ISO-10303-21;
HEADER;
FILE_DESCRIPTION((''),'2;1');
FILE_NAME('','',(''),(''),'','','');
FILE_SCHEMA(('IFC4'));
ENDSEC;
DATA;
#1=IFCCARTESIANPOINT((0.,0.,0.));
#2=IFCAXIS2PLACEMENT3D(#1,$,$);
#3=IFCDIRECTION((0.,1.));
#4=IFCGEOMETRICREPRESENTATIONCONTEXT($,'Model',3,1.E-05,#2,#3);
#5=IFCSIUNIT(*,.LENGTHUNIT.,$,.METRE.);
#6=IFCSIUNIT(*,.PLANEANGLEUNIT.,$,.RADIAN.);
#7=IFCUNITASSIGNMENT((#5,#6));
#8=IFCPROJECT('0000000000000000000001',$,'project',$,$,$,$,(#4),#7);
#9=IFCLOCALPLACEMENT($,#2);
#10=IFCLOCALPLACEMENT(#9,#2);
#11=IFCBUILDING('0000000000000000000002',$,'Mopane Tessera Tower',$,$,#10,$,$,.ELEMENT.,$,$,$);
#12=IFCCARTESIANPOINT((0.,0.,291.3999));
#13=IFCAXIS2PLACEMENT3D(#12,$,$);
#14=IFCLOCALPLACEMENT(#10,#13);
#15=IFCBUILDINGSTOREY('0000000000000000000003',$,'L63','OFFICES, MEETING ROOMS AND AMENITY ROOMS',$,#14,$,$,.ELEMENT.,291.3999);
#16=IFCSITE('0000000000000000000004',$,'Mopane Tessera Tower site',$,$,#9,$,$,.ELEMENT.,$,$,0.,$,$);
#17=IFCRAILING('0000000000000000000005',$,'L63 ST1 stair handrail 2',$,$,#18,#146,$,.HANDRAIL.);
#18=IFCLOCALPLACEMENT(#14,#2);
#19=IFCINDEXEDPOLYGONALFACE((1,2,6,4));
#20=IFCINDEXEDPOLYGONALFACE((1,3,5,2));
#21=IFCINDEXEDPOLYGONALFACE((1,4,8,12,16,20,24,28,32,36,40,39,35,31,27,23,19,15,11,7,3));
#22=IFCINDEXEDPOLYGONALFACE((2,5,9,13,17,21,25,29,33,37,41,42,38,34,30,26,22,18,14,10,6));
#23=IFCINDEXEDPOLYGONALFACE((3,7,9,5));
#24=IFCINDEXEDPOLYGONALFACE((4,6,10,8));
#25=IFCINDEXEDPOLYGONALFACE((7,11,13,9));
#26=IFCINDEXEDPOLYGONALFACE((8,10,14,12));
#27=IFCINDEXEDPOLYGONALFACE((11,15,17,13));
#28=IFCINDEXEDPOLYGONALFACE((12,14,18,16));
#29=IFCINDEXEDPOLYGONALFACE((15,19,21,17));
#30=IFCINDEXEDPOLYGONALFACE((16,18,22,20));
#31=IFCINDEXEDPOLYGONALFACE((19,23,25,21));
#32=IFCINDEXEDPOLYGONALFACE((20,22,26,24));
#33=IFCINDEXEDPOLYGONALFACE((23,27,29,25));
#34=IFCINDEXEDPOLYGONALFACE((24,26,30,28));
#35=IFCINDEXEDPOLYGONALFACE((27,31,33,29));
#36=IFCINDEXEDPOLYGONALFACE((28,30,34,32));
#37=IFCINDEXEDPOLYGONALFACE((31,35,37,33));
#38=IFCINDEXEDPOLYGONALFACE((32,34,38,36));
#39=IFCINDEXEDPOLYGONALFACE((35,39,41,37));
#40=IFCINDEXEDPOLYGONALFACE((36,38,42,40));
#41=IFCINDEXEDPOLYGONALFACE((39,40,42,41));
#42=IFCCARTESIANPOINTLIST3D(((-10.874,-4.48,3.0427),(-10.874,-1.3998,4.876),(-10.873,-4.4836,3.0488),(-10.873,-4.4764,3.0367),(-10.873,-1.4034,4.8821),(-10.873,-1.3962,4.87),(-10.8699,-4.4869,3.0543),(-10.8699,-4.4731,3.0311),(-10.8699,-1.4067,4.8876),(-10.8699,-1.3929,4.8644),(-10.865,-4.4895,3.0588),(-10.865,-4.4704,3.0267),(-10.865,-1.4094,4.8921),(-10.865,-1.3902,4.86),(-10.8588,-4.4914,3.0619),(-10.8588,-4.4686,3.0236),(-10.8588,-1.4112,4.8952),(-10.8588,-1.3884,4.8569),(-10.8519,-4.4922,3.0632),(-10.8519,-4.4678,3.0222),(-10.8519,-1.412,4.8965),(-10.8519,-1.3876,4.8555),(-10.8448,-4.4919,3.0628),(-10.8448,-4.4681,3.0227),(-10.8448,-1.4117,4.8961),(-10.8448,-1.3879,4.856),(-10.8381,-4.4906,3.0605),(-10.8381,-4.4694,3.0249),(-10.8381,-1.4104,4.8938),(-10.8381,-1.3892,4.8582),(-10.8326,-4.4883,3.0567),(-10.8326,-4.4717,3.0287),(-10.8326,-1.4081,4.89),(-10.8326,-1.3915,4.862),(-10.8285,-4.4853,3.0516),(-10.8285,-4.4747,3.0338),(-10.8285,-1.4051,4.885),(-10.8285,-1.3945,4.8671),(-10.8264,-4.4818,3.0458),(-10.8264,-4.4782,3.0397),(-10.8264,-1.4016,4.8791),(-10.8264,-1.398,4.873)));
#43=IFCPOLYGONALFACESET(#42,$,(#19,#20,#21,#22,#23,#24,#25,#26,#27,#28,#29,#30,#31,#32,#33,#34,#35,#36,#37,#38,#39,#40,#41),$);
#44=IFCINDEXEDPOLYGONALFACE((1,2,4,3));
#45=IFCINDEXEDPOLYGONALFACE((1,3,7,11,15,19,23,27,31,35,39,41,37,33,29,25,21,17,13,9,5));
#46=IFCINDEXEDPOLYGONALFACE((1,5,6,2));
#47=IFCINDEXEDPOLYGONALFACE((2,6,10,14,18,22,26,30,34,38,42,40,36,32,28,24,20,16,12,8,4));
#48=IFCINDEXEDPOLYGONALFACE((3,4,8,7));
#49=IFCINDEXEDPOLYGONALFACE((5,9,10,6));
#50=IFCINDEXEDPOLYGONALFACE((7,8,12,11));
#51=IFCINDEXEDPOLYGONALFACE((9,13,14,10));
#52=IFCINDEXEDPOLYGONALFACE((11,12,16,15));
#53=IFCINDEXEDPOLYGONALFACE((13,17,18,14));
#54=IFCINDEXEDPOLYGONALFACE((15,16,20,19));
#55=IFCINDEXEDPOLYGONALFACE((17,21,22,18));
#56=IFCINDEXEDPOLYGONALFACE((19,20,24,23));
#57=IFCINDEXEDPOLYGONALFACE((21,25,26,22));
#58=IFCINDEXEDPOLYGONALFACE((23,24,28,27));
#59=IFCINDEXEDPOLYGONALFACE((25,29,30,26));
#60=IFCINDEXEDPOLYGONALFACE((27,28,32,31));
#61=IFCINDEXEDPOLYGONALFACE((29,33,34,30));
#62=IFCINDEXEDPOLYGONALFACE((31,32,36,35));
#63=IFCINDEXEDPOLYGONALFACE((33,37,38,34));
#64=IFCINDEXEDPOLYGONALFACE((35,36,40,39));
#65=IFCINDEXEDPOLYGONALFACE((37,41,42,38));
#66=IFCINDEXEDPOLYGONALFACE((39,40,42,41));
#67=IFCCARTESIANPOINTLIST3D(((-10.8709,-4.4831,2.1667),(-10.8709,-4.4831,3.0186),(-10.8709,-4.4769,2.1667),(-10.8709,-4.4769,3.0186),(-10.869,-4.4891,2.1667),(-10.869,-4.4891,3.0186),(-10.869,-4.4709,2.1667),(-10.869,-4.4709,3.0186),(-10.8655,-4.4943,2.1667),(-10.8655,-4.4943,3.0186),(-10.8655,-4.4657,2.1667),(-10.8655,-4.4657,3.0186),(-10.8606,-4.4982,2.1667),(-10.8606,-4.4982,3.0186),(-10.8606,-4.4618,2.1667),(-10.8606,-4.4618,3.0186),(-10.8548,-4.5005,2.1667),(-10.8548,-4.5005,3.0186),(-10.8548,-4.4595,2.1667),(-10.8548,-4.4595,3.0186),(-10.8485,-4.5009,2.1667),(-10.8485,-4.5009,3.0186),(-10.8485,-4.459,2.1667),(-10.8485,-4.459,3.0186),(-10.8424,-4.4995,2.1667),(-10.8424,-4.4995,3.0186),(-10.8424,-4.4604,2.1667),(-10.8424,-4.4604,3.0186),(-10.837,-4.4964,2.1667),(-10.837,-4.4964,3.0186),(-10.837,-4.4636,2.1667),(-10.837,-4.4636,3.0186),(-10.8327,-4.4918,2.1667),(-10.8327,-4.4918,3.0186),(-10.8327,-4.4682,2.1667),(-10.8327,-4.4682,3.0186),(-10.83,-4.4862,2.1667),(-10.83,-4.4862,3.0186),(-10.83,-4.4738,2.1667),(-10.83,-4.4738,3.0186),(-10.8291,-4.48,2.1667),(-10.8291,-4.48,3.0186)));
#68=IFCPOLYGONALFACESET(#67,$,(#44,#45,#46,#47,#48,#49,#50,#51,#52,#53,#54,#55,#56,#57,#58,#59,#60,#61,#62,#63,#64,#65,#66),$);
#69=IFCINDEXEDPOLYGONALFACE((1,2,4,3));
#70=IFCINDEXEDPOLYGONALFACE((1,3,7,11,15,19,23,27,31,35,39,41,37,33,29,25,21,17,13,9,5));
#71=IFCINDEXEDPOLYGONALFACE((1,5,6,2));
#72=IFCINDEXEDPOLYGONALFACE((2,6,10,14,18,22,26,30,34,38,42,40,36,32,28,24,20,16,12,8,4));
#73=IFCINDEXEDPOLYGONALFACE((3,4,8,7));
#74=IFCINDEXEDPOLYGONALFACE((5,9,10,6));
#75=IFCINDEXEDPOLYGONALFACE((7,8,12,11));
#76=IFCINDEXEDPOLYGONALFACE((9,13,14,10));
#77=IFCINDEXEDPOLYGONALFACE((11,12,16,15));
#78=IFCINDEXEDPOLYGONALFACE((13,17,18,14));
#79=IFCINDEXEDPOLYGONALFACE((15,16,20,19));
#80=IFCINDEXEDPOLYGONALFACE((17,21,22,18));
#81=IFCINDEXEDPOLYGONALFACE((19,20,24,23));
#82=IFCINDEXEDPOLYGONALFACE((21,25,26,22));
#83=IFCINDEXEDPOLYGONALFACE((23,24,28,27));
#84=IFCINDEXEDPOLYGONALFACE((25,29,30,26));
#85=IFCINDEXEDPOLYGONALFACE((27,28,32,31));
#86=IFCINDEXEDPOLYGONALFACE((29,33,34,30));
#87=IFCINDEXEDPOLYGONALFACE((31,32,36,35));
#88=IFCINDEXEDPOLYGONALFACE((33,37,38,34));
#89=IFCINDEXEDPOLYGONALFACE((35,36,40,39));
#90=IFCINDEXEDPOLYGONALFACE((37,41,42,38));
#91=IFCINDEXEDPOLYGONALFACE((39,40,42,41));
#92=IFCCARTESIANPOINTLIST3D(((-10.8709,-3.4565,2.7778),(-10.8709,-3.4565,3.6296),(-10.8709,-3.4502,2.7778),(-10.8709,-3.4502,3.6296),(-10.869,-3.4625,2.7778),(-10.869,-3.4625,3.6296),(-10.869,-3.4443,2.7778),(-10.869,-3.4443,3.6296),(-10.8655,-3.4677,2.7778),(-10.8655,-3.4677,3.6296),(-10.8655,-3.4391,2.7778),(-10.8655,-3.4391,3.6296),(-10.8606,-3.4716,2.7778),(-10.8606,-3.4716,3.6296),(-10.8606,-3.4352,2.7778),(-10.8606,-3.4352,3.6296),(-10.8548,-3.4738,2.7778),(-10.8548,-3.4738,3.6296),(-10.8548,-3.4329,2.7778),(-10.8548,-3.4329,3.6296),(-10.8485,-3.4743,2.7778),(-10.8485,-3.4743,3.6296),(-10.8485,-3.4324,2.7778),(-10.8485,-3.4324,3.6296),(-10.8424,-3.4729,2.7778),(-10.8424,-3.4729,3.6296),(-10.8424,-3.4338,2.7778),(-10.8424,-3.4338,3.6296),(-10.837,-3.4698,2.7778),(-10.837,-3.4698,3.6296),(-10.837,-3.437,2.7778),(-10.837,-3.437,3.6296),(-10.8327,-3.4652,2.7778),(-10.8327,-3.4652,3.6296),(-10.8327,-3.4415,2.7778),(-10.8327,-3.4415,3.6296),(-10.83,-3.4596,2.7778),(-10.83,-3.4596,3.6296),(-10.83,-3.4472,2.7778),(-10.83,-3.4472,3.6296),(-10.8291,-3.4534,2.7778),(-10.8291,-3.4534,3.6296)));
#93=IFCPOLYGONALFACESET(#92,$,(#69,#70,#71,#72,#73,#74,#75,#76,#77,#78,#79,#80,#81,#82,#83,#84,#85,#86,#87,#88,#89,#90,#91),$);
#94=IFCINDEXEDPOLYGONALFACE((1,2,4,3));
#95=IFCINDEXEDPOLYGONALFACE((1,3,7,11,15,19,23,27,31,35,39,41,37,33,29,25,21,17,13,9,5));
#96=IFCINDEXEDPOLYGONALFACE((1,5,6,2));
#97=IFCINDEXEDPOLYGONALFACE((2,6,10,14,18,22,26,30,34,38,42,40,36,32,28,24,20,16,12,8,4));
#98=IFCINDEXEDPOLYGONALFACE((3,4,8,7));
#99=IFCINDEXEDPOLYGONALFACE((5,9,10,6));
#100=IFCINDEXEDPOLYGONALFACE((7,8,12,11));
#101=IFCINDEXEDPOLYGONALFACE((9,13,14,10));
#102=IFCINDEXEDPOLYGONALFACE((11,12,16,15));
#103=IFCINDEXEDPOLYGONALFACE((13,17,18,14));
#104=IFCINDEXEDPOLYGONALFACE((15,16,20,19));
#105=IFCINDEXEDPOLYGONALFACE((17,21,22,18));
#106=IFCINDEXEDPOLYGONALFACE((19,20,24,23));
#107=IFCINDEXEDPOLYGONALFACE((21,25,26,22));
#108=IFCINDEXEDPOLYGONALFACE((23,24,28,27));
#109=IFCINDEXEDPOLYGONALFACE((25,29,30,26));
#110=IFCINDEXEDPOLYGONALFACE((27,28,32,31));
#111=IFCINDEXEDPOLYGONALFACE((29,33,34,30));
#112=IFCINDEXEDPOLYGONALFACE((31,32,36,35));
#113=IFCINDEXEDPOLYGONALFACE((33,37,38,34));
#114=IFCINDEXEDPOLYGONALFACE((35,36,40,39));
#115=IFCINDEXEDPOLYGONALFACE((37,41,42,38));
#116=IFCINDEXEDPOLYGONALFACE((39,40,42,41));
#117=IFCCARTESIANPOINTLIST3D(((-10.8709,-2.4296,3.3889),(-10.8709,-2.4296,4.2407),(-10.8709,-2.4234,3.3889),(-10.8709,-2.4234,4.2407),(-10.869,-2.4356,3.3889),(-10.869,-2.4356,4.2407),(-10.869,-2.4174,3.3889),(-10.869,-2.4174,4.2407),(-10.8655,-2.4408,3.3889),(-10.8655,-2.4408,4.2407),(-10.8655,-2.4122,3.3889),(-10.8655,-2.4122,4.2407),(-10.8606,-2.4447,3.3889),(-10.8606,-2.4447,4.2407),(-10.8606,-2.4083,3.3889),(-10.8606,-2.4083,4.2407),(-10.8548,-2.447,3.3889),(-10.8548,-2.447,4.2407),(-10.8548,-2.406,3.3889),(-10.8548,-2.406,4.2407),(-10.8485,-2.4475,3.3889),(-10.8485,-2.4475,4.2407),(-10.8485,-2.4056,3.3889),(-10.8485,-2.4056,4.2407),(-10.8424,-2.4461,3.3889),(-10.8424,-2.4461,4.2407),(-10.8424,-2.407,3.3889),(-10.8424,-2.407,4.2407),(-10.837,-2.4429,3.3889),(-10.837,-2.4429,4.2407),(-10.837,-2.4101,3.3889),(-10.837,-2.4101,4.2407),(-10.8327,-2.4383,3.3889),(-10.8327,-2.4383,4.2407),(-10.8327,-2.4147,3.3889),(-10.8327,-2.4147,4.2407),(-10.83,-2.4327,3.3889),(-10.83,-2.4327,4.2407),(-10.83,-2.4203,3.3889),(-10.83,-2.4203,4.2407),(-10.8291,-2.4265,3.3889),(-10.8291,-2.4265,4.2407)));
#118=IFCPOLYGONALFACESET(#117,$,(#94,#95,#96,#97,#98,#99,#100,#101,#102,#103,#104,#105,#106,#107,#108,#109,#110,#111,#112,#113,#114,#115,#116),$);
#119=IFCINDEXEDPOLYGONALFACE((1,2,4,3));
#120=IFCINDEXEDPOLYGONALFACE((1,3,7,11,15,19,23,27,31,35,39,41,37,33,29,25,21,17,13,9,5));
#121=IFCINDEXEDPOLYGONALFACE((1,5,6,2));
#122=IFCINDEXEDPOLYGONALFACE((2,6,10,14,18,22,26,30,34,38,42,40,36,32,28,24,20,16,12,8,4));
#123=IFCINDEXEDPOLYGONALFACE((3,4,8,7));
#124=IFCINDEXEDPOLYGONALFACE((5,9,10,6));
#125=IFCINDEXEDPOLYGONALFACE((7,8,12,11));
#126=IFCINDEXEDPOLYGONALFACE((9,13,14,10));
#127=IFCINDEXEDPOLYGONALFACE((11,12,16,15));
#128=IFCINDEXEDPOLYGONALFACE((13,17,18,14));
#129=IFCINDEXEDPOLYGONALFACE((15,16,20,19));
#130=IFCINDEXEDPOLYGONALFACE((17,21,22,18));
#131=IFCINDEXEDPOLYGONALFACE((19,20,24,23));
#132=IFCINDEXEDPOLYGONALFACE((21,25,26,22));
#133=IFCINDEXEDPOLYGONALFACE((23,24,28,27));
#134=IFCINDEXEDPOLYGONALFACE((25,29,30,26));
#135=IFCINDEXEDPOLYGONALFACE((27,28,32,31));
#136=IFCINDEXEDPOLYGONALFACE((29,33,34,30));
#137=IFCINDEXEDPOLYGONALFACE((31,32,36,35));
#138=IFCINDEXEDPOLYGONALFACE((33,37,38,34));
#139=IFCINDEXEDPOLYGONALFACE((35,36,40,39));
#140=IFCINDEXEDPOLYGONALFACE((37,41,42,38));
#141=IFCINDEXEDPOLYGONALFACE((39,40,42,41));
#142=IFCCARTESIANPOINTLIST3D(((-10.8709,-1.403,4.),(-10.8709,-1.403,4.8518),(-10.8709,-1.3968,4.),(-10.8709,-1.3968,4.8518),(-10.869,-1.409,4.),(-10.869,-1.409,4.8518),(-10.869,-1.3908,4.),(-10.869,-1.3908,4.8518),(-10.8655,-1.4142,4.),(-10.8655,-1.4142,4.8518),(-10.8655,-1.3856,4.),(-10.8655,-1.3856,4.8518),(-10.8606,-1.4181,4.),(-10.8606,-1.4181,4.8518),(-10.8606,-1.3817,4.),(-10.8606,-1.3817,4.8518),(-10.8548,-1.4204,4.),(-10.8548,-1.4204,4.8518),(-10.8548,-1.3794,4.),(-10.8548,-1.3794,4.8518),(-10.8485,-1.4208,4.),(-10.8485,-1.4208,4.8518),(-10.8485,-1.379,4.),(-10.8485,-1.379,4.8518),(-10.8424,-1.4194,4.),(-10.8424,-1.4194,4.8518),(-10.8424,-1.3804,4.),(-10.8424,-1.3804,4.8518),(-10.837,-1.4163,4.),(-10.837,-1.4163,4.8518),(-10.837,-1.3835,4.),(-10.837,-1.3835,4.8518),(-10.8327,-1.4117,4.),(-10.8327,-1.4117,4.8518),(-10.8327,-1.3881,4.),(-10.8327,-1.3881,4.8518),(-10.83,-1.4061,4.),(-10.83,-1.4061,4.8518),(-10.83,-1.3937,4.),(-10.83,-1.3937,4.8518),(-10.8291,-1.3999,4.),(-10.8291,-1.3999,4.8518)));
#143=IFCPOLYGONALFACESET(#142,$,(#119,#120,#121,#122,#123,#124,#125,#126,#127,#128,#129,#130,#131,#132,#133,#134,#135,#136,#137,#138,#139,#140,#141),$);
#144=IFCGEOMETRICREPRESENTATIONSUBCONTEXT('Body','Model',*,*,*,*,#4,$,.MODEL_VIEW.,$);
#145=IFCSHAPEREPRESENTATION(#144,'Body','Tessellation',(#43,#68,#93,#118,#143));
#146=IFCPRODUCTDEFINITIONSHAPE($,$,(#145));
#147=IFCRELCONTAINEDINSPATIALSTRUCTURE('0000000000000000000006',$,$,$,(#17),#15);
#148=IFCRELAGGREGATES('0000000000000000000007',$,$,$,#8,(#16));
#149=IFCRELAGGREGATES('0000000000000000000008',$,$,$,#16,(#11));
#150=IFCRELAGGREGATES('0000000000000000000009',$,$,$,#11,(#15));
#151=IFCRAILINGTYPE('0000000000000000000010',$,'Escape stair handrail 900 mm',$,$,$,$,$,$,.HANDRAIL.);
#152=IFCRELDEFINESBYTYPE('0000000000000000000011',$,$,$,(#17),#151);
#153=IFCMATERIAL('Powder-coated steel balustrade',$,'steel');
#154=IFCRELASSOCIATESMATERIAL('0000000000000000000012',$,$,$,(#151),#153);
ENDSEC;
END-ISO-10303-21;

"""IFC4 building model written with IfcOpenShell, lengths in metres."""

from ifc_helpers import new_model, si_unit, direction, frame, origin, origin_2d, place, context, subcontext, project, spatial, circle, extrude, material, type_object, element, save


model = new_model("IFC4")

# Units and contexts
model_context = context("Model", 3, precision=1e-05, world=origin(), true_north=direction((0.0, 1.0)))
body_context = subcontext(model_context, "Body", "Model", "MODEL_VIEW")
ifc_project = project(units=[si_unit("LENGTHUNIT", "METRE"), si_unit("PLANEANGLEUNIT", "RADIAN")], contexts=[model_context])

# Site, building, storey
site_placement = place(None, origin())
site = spatial("IfcSite", under=ifc_project, at=site_placement, Name="Mopane Tessera Tower site", CompositionType="ELEMENT", RefElevation=0.0)
building_placement = place(site_placement, origin())
building = spatial("IfcBuilding", under=site, at=building_placement, Name="Mopane Tessera Tower", CompositionType="ELEMENT")
storey_placement = place(building_placement, frame((0.0, 0.0, 291.3999)))
storey = spatial("IfcBuildingStorey", under=building, at=storey_placement, Name="L63", Description="OFFICES, MEETING ROOMS AND AMENITY ROOMS", CompositionType="ELEMENT", Elevation=291.3999)

# Railing
ifc_material_1 = material(Name="Powder-coated steel balustrade", Category="steel")
railing_type_1 = type_object("IfcRailingType", Name="Escape stair handrail 900 mm", PredefinedType="HANDRAIL", material=ifc_material_1)
railing_1_placement = place(storey_placement, frame((-10.8501, -4.48, 2.1667)))
element("IfcRailing", 1, at=railing_1_placement, inside=storey, type_object=railing_type_1, Name="L63 ST1 stair handrail 2", PredefinedType="HANDRAIL", context=body_context, shape_type="SweptSolid", body=[
    extrude(circle(Radius=0.0239, at=origin_2d()), frame((0.0, 0.0, 0.876), z_axis=(0.0, 0.859309, 0.511458), x_axis=(-1.0, 0.0, 0.0)), (0.0, 0.0, 1.0), 3.5845),
    extrude(circle(Radius=0.021, at=origin_2d()), origin(), (0.0, 0.0, 1.0), 0.8518),
    extrude(circle(Radius=0.021, at=origin_2d()), frame((0.0, 1.0266, 0.6111)), (0.0, 0.0, 1.0), 0.8518),
    extrude(circle(Radius=0.021, at=origin_2d()), frame((0.0, 2.0535, 1.2222)), (0.0, 0.0, 1.0), 0.8518),
    extrude(circle(Radius=0.021, at=origin_2d()), frame((0.0, 3.0801, 1.8333)), (0.0, 0.0, 1.0), 0.8518),
])

save(model, "model.ifc")
